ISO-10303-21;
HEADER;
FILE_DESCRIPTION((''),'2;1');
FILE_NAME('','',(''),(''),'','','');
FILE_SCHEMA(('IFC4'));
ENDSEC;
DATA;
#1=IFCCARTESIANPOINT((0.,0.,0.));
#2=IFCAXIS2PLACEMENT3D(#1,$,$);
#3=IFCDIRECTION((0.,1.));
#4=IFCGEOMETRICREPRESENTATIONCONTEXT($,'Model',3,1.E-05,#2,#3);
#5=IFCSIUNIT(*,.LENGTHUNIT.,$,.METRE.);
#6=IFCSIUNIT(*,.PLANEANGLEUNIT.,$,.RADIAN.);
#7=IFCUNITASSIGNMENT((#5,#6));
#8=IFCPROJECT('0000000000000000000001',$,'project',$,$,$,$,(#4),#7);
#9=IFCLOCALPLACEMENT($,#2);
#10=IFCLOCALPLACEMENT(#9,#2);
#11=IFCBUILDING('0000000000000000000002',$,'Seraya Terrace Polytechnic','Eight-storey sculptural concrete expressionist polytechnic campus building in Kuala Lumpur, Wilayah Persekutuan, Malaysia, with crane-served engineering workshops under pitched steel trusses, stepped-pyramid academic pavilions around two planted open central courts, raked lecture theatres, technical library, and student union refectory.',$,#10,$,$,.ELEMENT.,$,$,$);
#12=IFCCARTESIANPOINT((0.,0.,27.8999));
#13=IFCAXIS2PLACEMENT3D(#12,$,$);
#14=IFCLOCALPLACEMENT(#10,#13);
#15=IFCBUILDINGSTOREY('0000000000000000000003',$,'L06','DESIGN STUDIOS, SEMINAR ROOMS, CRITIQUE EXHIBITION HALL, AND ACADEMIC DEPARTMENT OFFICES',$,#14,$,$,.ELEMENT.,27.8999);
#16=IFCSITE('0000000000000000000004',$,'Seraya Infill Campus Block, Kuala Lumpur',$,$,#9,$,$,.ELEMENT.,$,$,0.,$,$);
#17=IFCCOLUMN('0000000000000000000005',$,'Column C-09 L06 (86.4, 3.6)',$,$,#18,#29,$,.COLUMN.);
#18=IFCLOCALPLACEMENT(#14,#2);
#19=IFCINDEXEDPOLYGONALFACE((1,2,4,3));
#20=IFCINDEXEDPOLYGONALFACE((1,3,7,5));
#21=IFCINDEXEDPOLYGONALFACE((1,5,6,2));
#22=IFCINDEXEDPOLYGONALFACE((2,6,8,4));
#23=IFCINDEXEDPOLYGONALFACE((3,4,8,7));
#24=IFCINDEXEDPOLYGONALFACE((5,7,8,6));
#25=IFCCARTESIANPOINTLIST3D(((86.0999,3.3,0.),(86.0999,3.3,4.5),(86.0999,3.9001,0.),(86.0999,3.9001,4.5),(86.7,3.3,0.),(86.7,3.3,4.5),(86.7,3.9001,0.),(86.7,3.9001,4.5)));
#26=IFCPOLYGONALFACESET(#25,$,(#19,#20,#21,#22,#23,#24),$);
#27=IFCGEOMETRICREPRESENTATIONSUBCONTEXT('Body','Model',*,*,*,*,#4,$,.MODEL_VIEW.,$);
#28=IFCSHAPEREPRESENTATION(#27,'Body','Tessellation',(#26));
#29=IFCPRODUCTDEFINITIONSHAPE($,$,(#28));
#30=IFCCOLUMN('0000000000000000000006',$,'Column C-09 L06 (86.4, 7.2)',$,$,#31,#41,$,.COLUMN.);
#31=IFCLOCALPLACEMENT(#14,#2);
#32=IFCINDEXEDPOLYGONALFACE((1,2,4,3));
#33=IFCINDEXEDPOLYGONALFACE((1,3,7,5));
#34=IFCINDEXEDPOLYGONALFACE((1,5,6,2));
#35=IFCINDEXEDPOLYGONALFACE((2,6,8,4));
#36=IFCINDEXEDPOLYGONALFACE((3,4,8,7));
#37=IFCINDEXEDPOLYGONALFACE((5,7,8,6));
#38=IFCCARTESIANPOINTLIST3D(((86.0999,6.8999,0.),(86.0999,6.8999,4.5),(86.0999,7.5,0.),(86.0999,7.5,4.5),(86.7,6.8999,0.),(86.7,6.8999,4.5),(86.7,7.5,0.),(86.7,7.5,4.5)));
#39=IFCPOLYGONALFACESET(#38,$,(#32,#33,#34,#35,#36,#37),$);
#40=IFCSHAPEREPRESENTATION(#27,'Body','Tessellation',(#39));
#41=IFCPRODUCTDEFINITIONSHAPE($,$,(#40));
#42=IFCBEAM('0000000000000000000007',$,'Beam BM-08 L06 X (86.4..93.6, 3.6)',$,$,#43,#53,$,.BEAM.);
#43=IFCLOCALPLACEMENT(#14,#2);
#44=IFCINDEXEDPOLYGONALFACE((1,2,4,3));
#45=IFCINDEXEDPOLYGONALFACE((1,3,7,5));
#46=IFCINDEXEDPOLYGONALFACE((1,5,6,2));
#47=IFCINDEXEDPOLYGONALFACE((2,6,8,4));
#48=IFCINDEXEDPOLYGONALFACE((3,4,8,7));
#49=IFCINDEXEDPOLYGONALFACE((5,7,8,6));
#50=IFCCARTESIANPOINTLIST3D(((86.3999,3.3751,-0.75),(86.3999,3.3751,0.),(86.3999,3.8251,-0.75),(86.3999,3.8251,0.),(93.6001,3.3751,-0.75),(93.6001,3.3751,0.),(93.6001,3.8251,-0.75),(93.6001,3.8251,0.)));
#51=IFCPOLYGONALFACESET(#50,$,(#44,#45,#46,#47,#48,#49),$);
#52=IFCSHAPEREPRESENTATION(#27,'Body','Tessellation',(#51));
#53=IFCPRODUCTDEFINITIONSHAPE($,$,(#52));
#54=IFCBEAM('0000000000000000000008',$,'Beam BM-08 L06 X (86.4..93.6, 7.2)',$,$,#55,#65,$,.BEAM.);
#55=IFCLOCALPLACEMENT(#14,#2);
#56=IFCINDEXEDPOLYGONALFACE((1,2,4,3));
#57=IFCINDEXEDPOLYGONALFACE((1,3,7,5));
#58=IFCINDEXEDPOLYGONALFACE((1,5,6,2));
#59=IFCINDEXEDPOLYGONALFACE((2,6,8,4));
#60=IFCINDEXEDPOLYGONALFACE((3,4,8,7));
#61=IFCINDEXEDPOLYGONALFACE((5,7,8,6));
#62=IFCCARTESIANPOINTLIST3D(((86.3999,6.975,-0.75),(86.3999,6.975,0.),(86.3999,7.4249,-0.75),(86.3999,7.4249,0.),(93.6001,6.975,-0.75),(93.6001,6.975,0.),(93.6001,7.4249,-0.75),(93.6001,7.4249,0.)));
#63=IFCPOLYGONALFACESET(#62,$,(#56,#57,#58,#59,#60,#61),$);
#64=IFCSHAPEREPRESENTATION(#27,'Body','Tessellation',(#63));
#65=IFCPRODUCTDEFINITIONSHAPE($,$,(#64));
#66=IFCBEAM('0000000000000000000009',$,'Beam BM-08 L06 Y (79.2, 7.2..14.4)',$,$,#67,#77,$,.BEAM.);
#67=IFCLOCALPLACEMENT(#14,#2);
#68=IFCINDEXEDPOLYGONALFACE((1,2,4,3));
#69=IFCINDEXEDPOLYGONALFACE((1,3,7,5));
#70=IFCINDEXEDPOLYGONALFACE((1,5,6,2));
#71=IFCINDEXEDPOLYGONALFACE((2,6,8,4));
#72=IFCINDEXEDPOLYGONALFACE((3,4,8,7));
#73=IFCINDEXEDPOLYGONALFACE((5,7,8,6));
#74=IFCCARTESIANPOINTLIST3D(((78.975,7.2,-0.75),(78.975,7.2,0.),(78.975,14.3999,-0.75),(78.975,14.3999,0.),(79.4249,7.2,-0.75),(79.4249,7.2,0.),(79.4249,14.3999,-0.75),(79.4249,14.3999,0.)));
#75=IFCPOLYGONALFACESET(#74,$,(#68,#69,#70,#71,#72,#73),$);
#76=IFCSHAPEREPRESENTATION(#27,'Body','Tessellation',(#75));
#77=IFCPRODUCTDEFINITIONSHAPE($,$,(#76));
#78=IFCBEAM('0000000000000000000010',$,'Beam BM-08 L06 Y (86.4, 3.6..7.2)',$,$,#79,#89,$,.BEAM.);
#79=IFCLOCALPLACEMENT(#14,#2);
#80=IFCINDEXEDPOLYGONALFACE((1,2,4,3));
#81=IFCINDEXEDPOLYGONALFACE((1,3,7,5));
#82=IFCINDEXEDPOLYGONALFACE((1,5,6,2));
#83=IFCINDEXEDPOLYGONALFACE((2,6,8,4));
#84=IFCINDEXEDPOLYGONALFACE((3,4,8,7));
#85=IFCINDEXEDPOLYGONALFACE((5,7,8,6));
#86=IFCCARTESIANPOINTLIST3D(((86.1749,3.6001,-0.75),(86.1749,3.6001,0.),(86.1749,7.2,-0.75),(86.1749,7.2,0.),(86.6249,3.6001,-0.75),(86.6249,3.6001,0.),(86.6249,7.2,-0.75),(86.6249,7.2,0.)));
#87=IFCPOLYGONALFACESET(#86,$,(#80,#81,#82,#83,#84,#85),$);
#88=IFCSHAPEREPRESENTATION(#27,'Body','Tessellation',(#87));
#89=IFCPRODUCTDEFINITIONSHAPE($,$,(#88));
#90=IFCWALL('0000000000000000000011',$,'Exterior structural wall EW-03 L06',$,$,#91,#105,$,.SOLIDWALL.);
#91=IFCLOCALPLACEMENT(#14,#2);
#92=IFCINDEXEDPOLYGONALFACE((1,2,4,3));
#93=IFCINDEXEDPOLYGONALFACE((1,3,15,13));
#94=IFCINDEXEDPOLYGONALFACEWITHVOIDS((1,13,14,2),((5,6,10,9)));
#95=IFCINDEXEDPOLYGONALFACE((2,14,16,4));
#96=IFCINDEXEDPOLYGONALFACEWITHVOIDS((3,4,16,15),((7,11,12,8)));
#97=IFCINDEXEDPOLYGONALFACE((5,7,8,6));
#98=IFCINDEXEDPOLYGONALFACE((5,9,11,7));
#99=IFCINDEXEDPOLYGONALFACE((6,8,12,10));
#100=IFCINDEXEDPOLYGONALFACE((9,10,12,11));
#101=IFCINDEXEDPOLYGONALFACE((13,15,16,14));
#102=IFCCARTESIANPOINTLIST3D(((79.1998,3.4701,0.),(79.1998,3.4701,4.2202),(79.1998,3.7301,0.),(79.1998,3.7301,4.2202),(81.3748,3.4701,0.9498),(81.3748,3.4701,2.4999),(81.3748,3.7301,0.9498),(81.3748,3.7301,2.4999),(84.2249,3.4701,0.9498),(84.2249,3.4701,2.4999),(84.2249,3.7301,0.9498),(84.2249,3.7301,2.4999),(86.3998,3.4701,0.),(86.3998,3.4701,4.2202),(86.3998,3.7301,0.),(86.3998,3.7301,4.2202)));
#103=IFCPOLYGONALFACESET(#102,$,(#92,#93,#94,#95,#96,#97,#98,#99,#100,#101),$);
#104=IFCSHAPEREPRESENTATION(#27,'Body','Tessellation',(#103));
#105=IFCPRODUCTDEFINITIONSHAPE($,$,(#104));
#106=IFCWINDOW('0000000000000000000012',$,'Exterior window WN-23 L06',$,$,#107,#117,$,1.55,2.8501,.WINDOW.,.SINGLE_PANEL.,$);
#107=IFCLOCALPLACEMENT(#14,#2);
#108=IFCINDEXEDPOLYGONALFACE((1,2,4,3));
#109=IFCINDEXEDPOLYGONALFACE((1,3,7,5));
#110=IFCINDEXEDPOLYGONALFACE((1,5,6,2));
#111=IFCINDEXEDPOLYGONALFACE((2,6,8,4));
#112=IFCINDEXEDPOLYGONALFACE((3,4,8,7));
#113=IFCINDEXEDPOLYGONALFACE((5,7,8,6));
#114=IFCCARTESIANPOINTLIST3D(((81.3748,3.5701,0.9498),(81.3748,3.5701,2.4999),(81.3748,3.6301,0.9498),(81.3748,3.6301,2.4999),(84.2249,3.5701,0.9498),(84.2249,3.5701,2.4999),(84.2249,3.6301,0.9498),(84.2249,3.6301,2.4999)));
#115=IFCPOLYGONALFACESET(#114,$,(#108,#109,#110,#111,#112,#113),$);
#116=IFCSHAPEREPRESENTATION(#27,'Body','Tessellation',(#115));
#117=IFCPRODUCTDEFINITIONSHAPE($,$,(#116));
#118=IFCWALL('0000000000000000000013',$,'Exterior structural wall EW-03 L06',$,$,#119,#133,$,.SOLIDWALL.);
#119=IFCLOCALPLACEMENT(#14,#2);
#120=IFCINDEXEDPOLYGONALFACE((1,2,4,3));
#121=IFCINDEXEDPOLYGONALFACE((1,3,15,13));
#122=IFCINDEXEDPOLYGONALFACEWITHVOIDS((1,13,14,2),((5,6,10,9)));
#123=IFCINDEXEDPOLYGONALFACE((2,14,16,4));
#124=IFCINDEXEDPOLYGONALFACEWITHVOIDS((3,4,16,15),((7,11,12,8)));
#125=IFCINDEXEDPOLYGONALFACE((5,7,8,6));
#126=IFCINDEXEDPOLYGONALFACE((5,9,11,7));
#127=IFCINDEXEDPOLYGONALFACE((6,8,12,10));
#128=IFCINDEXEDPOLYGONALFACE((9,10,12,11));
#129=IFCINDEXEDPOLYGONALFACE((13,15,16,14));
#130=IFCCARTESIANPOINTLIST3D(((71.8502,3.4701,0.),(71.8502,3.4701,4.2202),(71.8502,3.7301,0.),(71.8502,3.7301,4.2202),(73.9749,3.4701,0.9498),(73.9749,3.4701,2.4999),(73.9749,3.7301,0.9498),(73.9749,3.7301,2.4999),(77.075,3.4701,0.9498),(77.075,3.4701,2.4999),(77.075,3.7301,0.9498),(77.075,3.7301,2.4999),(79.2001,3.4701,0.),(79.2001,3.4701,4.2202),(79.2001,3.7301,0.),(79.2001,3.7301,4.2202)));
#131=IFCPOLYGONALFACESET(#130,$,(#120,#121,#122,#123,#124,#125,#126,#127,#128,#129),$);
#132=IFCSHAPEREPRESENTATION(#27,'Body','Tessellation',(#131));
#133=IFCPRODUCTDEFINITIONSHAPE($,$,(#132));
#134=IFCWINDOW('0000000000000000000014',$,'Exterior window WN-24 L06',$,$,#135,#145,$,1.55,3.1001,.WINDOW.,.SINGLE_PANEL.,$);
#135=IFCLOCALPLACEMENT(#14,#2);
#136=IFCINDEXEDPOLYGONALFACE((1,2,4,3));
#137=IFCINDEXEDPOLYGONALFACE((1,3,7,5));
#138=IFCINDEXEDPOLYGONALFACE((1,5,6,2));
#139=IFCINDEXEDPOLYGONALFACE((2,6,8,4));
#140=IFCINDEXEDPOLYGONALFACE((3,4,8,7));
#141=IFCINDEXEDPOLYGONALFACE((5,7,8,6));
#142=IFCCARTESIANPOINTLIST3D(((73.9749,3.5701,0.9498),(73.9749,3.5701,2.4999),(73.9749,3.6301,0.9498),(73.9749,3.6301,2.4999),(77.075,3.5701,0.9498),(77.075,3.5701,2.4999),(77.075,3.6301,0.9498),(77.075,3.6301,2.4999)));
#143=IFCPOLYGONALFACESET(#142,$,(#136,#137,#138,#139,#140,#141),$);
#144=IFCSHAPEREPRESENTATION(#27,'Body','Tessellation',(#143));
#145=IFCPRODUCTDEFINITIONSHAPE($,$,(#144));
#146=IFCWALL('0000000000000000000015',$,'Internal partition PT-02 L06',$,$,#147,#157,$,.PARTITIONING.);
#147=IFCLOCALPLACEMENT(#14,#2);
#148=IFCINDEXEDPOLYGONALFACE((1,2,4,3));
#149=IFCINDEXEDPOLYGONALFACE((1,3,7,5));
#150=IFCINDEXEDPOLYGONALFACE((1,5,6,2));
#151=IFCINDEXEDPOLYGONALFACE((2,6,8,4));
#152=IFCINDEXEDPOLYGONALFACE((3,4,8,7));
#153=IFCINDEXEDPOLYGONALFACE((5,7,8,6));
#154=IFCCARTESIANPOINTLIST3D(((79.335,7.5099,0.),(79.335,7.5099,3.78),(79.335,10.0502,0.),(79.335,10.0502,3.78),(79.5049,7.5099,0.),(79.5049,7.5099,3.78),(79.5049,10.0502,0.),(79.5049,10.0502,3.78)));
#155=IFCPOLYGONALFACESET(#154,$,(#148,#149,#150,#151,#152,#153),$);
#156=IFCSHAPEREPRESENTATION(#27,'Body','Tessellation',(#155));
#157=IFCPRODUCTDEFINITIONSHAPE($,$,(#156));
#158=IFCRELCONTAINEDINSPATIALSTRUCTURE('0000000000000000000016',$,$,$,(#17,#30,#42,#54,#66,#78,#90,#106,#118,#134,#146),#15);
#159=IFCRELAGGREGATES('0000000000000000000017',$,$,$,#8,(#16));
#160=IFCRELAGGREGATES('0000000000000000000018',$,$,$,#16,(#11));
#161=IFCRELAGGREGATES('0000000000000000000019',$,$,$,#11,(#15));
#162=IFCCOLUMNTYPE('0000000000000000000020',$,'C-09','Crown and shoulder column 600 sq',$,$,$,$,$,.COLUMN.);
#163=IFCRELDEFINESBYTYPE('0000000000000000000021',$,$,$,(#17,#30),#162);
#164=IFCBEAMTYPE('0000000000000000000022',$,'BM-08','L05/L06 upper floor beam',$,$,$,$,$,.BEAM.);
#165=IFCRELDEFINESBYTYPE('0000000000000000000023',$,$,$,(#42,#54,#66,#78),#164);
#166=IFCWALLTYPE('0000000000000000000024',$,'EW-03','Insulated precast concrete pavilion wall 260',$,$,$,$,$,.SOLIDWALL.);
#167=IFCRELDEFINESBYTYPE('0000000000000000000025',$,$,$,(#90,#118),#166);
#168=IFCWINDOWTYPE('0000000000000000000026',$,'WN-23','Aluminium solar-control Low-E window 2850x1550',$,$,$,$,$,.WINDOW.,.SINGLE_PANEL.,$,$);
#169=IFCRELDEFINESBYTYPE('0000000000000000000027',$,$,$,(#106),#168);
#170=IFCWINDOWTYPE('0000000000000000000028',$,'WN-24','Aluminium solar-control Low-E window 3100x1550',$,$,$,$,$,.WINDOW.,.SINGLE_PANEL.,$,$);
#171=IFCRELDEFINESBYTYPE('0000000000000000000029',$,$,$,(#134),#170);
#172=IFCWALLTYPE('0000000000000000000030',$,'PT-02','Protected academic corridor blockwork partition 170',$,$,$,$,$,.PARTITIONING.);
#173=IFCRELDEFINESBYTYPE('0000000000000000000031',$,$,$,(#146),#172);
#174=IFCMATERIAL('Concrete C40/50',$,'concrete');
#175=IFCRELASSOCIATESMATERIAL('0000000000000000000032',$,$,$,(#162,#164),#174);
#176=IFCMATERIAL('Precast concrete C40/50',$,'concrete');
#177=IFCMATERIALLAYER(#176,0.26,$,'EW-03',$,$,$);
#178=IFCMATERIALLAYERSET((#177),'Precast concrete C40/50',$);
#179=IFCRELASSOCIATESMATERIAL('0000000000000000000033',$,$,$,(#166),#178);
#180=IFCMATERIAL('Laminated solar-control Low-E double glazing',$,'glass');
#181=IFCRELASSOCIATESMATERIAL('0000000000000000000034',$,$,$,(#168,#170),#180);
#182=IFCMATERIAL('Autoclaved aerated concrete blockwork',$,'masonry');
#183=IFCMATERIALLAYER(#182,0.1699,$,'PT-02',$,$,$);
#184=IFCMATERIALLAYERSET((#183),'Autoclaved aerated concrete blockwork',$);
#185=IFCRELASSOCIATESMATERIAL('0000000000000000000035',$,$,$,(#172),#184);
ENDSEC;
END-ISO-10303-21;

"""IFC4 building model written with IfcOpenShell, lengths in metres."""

from ifc_helpers import new_model, si_unit, direction, frame, frame_2d, origin, origin_2d, place, context, subcontext, project, spatial, rectangle, extrude, material, layer, layer_set, material_profile, profile_set, type_object, element, fill, save


model = new_model("IFC4")

# Units and contexts
model_context = context("Model", 3, precision=1e-05, world=origin(), true_north=direction((0.0, 1.0)))
body_context = subcontext(model_context, "Body", "Model", "MODEL_VIEW")
ifc_project = project(units=[si_unit("LENGTHUNIT", "METRE"), si_unit("PLANEANGLEUNIT", "RADIAN")], contexts=[model_context])

# Site, building, storey
site_placement = place(None, origin())
site = spatial("IfcSite", under=ifc_project, at=site_placement, Name="Seraya Infill Campus Block, Kuala Lumpur", CompositionType="ELEMENT", RefElevation=0.0)
building_placement = place(site_placement, origin())
building = spatial("IfcBuilding", under=site, at=building_placement, Name="Seraya Terrace Polytechnic", Description="Eight-storey sculptural concrete expressionist polytechnic campus building in Kuala Lumpur, Wilayah Persekutuan, Malaysia, with crane-served engineering workshops under pitched steel trusses, stepped-pyramid academic pavilions around two planted open central courts, raked lecture theatres, technical library, and student union refectory.", CompositionType="ELEMENT")
storey_placement = place(building_placement, frame((0.0, 0.0, 27.8999)))
storey = spatial("IfcBuildingStorey", under=building, at=storey_placement, Name="L06", Description="DESIGN STUDIOS, SEMINAR ROOMS, CRITIQUE EXHIBITION HALL, AND ACADEMIC DEPARTMENT OFFICES", CompositionType="ELEMENT", Elevation=27.8999)

# Columns
ifc_material_1 = material(Name="Concrete C40/50", Category="concrete")
ifc_material_profile_1 = material_profile(ifc_material_1, rectangle(XDim=0.6001, YDim=0.6001, at=origin_2d()), Name="RC 600x600")
ifc_profile_set_1 = profile_set([ifc_material_profile_1], Name="Concrete C40/50")
column_type = type_object("IfcColumnType", Name="C-09", Description="Crown and shoulder column 600 sq", PredefinedType="COLUMN", material=ifc_profile_set_1)
for number, where, z_axis, x_axis, name in (
    (1, (86.3999, 3.6001, 0.0), (0.0, 0.0, 1.0), (1.0, 0.0, 0.0), "Column C-09 L06 (86.4, 3.6)"),
    (2, (86.3999, 7.2, 0.0), (0.0, 0.0, 1.0), (1.0, 0.0, 0.0), "Column C-09 L06 (86.4, 7.2)"),
):
    element("IfcColumn", number, at=place(storey_placement, frame(where, z_axis=z_axis, x_axis=x_axis)), inside=storey, type_object=column_type, Name=name, PredefinedType="COLUMN", context=body_context, shape_type="SweptSolid", body=[
        extrude(rectangle(XDim=0.6001, YDim=0.6001, at=origin_2d()), origin(), (0.0, 0.0, 1.0), 4.5),
    ])

# Beams
ifc_material_profile_2 = material_profile(ifc_material_1, rectangle(XDim=0.45, YDim=0.75, at=origin_2d()), Name="RC 450x750")
ifc_profile_set_2 = profile_set([ifc_material_profile_2], Name="Concrete C40/50")
beam_type = type_object("IfcBeamType", Name="BM-08", Description="L05/L06 upper floor beam", PredefinedType="BEAM", material=ifc_profile_set_2)
for number, where, z_axis, x_axis, name in (
    (3, (86.3999, 3.6001, -0.375), (1.0, 0.0, 0.0), (0.0, 1.0, 0.0), "Beam BM-08 L06 X (86.4..93.6, 3.6)"),
    (4, (86.3999, 7.2, -0.375), (1.0, 0.0, 0.0), (0.0, 1.0, 0.0), "Beam BM-08 L06 X (86.4..93.6, 7.2)"),
):
    element("IfcBeam", number, at=place(storey_placement, frame(where, z_axis=z_axis, x_axis=x_axis)), inside=storey, type_object=beam_type, Name=name, PredefinedType="BEAM", context=body_context, shape_type="SweptSolid", body=[
        extrude(rectangle(XDim=0.45, YDim=0.75, at=origin_2d()), origin(), (0.0, 0.0, 1.0), 7.2002),
    ])
beam_1_placement = place(storey_placement, frame((79.2, 7.2, -0.375), z_axis=(0.0, 1.0, 0.0), x_axis=(-1.0, 0.0, 0.0)))
element("IfcBeam", 5, at=beam_1_placement, inside=storey, type_object=beam_type, Name="Beam BM-08 L06 Y (79.2, 7.2..14.4)", PredefinedType="BEAM", context=body_context, shape_type="SweptSolid", body=[
    extrude(rectangle(XDim=0.45, YDim=0.75, at=origin_2d()), origin(), (0.0, 0.0, 1.0), 7.2),
])
beam_2_placement = place(storey_placement, frame((86.3999, 3.6001, -0.375), z_axis=(0.0, 1.0, 0.0), x_axis=(-1.0, 0.0, 0.0)))
element("IfcBeam", 6, at=beam_2_placement, inside=storey, type_object=beam_type, Name="Beam BM-08 L06 Y (86.4, 3.6..7.2)", PredefinedType="BEAM", context=body_context, shape_type="SweptSolid", body=[
    extrude(rectangle(XDim=0.45, YDim=0.75, at=origin_2d()), origin(), (0.0, 0.0, 1.0), 3.5999),
])

# Walls, openings, windows
ifc_material_2 = material(Name="Precast concrete C40/50", Category="concrete")
ifc_layer_1 = layer(ifc_material_2, 0.26, Name="EW-03")
ifc_layer_set_1 = layer_set([ifc_layer_1], Name="Precast concrete C40/50")
wall_type_1 = type_object("IfcWallType", Name="EW-03", Description="Insulated precast concrete pavilion wall 260", PredefinedType="SOLIDWALL", material=ifc_layer_set_1)
wall_1_placement = place(storey_placement, frame((86.3999, 3.6001, 0.0), z_axis=(0.0, 0.0, 1.0), x_axis=(-1.0, 0.0, 0.0)))
wall_1 = element("IfcWall", 7, at=wall_1_placement, inside=storey, type_object=wall_type_1, Name="Exterior structural wall EW-03 L06", PredefinedType="SOLIDWALL", context=body_context, shape_type="SweptSolid", body=[
    extrude(rectangle(XDim=7.2, YDim=0.26, at=frame_2d((3.6001, 0.0))), origin(), (0.0, 0.0, 1.0), 4.2202),
])
opening_1_placement = place(wall_1_placement, frame((2.175, 0.0, 0.95)))
opening_1 = element("IfcOpeningElement", 8, at=opening_1_placement, cuts=wall_1, PredefinedType="OPENING", context=body_context, shape_type="SweptSolid", body=[
    extrude(rectangle(XDim=2.8501, YDim=1.55, at=frame_2d((1.425, 0.7749))), frame((0.0, 0.1421, 0.0), z_axis=(0.0, -1.0, 0.0), x_axis=(1.0, 0.0, 0.0)), (0.0, 0.0, 1.0), 0.2839),
])
ifc_material_3 = material(Name="Laminated solar-control Low-E double glazing", Category="glass")
window_type_1 = type_object("IfcWindowType", Name="WN-23", Description="Aluminium solar-control Low-E window 2850x1550", PartitioningType="SINGLE_PANEL", PredefinedType="WINDOW", material=ifc_material_3)
window_1_placement = place(opening_1_placement, origin())
window_1 = element("IfcWindow", 9, at=window_1_placement, inside=storey, type_object=window_type_1, Name="Exterior window WN-23 L06", OverallHeight=1.55, OverallWidth=2.8501, PartitioningType="SINGLE_PANEL", PredefinedType="WINDOW", context=body_context, shape_type="SweptSolid", body=[
    extrude(rectangle(XDim=2.8501, YDim=1.55, at=frame_2d((1.425, 0.7749))), frame((0.0, 0.03, 0.0), z_axis=(0.0, -1.0, 0.0), x_axis=(1.0, 0.0, 0.0)), (0.0, 0.0, 1.0), 0.0601),
])
fill(opening_1, window_1)
wall_2_placement = place(storey_placement, frame((79.2, 3.6001, 0.0), z_axis=(0.0, 0.0, 1.0), x_axis=(-1.0, 0.0, 0.0)))
wall_2 = element("IfcWall", 10, at=wall_2_placement, inside=storey, type_object=wall_type_1, Name="Exterior structural wall EW-03 L06", PredefinedType="SOLIDWALL", context=body_context, shape_type="SweptSolid", body=[
    extrude(rectangle(XDim=7.3499, YDim=0.26, at=frame_2d((3.6748, 0.0))), origin(), (0.0, 0.0, 1.0), 4.2202),
])
opening_2_placement = place(wall_2_placement, frame((2.125, 0.0, 0.95)))
opening_2 = element("IfcOpeningElement", 11, at=opening_2_placement, cuts=wall_2, PredefinedType="OPENING", context=body_context, shape_type="SweptSolid", body=[
    extrude(rectangle(XDim=3.1001, YDim=1.55, at=frame_2d((1.55, 0.7749))), frame((0.0, 0.1421, 0.0), z_axis=(0.0, -1.0, 0.0), x_axis=(1.0, 0.0, 0.0)), (0.0, 0.0, 1.0), 0.2839),
])
window_type_2 = type_object("IfcWindowType", Name="WN-24", Description="Aluminium solar-control Low-E window 3100x1550", PartitioningType="SINGLE_PANEL", PredefinedType="WINDOW", material=ifc_material_3)
window_2_placement = place(opening_2_placement, origin())
window_2 = element("IfcWindow", 12, at=window_2_placement, inside=storey, type_object=window_type_2, Name="Exterior window WN-24 L06", OverallHeight=1.55, OverallWidth=3.1001, PartitioningType="SINGLE_PANEL", PredefinedType="WINDOW", context=body_context, shape_type="SweptSolid", body=[
    extrude(rectangle(XDim=3.1001, YDim=1.55, at=frame_2d((1.55, 0.7749))), frame((0.0, 0.03, 0.0), z_axis=(0.0, -1.0, 0.0), x_axis=(1.0, 0.0, 0.0)), (0.0, 0.0, 1.0), 0.0601),
])
fill(opening_2, window_2)

# Wall
ifc_material_4 = material(Name="Autoclaved aerated concrete blockwork", Category="masonry")
ifc_layer_2 = layer(ifc_material_4, 0.1699, Name="PT-02")
ifc_layer_set_2 = layer_set([ifc_layer_2], Name="Autoclaved aerated concrete blockwork")
wall_type_2 = type_object("IfcWallType", Name="PT-02", Description="Protected academic corridor blockwork partition 170", PredefinedType="PARTITIONING", material=ifc_layer_set_2)
wall_3_placement = place(storey_placement, frame((79.4199, 7.51, 0.0), z_axis=(0.0, 0.0, 1.0), x_axis=(0.0, 1.0, 0.0)))
element("IfcWall", 13, at=wall_3_placement, inside=storey, type_object=wall_type_2, Name="Internal partition PT-02 L06", PredefinedType="PARTITIONING", context=body_context, shape_type="SweptSolid", body=[
    extrude(rectangle(XDim=2.5403, YDim=0.1699, at=frame_2d((1.27, 0.0))), origin(), (0.0, 0.0, 1.0), 3.78),
])

save(model, "model.ifc")
